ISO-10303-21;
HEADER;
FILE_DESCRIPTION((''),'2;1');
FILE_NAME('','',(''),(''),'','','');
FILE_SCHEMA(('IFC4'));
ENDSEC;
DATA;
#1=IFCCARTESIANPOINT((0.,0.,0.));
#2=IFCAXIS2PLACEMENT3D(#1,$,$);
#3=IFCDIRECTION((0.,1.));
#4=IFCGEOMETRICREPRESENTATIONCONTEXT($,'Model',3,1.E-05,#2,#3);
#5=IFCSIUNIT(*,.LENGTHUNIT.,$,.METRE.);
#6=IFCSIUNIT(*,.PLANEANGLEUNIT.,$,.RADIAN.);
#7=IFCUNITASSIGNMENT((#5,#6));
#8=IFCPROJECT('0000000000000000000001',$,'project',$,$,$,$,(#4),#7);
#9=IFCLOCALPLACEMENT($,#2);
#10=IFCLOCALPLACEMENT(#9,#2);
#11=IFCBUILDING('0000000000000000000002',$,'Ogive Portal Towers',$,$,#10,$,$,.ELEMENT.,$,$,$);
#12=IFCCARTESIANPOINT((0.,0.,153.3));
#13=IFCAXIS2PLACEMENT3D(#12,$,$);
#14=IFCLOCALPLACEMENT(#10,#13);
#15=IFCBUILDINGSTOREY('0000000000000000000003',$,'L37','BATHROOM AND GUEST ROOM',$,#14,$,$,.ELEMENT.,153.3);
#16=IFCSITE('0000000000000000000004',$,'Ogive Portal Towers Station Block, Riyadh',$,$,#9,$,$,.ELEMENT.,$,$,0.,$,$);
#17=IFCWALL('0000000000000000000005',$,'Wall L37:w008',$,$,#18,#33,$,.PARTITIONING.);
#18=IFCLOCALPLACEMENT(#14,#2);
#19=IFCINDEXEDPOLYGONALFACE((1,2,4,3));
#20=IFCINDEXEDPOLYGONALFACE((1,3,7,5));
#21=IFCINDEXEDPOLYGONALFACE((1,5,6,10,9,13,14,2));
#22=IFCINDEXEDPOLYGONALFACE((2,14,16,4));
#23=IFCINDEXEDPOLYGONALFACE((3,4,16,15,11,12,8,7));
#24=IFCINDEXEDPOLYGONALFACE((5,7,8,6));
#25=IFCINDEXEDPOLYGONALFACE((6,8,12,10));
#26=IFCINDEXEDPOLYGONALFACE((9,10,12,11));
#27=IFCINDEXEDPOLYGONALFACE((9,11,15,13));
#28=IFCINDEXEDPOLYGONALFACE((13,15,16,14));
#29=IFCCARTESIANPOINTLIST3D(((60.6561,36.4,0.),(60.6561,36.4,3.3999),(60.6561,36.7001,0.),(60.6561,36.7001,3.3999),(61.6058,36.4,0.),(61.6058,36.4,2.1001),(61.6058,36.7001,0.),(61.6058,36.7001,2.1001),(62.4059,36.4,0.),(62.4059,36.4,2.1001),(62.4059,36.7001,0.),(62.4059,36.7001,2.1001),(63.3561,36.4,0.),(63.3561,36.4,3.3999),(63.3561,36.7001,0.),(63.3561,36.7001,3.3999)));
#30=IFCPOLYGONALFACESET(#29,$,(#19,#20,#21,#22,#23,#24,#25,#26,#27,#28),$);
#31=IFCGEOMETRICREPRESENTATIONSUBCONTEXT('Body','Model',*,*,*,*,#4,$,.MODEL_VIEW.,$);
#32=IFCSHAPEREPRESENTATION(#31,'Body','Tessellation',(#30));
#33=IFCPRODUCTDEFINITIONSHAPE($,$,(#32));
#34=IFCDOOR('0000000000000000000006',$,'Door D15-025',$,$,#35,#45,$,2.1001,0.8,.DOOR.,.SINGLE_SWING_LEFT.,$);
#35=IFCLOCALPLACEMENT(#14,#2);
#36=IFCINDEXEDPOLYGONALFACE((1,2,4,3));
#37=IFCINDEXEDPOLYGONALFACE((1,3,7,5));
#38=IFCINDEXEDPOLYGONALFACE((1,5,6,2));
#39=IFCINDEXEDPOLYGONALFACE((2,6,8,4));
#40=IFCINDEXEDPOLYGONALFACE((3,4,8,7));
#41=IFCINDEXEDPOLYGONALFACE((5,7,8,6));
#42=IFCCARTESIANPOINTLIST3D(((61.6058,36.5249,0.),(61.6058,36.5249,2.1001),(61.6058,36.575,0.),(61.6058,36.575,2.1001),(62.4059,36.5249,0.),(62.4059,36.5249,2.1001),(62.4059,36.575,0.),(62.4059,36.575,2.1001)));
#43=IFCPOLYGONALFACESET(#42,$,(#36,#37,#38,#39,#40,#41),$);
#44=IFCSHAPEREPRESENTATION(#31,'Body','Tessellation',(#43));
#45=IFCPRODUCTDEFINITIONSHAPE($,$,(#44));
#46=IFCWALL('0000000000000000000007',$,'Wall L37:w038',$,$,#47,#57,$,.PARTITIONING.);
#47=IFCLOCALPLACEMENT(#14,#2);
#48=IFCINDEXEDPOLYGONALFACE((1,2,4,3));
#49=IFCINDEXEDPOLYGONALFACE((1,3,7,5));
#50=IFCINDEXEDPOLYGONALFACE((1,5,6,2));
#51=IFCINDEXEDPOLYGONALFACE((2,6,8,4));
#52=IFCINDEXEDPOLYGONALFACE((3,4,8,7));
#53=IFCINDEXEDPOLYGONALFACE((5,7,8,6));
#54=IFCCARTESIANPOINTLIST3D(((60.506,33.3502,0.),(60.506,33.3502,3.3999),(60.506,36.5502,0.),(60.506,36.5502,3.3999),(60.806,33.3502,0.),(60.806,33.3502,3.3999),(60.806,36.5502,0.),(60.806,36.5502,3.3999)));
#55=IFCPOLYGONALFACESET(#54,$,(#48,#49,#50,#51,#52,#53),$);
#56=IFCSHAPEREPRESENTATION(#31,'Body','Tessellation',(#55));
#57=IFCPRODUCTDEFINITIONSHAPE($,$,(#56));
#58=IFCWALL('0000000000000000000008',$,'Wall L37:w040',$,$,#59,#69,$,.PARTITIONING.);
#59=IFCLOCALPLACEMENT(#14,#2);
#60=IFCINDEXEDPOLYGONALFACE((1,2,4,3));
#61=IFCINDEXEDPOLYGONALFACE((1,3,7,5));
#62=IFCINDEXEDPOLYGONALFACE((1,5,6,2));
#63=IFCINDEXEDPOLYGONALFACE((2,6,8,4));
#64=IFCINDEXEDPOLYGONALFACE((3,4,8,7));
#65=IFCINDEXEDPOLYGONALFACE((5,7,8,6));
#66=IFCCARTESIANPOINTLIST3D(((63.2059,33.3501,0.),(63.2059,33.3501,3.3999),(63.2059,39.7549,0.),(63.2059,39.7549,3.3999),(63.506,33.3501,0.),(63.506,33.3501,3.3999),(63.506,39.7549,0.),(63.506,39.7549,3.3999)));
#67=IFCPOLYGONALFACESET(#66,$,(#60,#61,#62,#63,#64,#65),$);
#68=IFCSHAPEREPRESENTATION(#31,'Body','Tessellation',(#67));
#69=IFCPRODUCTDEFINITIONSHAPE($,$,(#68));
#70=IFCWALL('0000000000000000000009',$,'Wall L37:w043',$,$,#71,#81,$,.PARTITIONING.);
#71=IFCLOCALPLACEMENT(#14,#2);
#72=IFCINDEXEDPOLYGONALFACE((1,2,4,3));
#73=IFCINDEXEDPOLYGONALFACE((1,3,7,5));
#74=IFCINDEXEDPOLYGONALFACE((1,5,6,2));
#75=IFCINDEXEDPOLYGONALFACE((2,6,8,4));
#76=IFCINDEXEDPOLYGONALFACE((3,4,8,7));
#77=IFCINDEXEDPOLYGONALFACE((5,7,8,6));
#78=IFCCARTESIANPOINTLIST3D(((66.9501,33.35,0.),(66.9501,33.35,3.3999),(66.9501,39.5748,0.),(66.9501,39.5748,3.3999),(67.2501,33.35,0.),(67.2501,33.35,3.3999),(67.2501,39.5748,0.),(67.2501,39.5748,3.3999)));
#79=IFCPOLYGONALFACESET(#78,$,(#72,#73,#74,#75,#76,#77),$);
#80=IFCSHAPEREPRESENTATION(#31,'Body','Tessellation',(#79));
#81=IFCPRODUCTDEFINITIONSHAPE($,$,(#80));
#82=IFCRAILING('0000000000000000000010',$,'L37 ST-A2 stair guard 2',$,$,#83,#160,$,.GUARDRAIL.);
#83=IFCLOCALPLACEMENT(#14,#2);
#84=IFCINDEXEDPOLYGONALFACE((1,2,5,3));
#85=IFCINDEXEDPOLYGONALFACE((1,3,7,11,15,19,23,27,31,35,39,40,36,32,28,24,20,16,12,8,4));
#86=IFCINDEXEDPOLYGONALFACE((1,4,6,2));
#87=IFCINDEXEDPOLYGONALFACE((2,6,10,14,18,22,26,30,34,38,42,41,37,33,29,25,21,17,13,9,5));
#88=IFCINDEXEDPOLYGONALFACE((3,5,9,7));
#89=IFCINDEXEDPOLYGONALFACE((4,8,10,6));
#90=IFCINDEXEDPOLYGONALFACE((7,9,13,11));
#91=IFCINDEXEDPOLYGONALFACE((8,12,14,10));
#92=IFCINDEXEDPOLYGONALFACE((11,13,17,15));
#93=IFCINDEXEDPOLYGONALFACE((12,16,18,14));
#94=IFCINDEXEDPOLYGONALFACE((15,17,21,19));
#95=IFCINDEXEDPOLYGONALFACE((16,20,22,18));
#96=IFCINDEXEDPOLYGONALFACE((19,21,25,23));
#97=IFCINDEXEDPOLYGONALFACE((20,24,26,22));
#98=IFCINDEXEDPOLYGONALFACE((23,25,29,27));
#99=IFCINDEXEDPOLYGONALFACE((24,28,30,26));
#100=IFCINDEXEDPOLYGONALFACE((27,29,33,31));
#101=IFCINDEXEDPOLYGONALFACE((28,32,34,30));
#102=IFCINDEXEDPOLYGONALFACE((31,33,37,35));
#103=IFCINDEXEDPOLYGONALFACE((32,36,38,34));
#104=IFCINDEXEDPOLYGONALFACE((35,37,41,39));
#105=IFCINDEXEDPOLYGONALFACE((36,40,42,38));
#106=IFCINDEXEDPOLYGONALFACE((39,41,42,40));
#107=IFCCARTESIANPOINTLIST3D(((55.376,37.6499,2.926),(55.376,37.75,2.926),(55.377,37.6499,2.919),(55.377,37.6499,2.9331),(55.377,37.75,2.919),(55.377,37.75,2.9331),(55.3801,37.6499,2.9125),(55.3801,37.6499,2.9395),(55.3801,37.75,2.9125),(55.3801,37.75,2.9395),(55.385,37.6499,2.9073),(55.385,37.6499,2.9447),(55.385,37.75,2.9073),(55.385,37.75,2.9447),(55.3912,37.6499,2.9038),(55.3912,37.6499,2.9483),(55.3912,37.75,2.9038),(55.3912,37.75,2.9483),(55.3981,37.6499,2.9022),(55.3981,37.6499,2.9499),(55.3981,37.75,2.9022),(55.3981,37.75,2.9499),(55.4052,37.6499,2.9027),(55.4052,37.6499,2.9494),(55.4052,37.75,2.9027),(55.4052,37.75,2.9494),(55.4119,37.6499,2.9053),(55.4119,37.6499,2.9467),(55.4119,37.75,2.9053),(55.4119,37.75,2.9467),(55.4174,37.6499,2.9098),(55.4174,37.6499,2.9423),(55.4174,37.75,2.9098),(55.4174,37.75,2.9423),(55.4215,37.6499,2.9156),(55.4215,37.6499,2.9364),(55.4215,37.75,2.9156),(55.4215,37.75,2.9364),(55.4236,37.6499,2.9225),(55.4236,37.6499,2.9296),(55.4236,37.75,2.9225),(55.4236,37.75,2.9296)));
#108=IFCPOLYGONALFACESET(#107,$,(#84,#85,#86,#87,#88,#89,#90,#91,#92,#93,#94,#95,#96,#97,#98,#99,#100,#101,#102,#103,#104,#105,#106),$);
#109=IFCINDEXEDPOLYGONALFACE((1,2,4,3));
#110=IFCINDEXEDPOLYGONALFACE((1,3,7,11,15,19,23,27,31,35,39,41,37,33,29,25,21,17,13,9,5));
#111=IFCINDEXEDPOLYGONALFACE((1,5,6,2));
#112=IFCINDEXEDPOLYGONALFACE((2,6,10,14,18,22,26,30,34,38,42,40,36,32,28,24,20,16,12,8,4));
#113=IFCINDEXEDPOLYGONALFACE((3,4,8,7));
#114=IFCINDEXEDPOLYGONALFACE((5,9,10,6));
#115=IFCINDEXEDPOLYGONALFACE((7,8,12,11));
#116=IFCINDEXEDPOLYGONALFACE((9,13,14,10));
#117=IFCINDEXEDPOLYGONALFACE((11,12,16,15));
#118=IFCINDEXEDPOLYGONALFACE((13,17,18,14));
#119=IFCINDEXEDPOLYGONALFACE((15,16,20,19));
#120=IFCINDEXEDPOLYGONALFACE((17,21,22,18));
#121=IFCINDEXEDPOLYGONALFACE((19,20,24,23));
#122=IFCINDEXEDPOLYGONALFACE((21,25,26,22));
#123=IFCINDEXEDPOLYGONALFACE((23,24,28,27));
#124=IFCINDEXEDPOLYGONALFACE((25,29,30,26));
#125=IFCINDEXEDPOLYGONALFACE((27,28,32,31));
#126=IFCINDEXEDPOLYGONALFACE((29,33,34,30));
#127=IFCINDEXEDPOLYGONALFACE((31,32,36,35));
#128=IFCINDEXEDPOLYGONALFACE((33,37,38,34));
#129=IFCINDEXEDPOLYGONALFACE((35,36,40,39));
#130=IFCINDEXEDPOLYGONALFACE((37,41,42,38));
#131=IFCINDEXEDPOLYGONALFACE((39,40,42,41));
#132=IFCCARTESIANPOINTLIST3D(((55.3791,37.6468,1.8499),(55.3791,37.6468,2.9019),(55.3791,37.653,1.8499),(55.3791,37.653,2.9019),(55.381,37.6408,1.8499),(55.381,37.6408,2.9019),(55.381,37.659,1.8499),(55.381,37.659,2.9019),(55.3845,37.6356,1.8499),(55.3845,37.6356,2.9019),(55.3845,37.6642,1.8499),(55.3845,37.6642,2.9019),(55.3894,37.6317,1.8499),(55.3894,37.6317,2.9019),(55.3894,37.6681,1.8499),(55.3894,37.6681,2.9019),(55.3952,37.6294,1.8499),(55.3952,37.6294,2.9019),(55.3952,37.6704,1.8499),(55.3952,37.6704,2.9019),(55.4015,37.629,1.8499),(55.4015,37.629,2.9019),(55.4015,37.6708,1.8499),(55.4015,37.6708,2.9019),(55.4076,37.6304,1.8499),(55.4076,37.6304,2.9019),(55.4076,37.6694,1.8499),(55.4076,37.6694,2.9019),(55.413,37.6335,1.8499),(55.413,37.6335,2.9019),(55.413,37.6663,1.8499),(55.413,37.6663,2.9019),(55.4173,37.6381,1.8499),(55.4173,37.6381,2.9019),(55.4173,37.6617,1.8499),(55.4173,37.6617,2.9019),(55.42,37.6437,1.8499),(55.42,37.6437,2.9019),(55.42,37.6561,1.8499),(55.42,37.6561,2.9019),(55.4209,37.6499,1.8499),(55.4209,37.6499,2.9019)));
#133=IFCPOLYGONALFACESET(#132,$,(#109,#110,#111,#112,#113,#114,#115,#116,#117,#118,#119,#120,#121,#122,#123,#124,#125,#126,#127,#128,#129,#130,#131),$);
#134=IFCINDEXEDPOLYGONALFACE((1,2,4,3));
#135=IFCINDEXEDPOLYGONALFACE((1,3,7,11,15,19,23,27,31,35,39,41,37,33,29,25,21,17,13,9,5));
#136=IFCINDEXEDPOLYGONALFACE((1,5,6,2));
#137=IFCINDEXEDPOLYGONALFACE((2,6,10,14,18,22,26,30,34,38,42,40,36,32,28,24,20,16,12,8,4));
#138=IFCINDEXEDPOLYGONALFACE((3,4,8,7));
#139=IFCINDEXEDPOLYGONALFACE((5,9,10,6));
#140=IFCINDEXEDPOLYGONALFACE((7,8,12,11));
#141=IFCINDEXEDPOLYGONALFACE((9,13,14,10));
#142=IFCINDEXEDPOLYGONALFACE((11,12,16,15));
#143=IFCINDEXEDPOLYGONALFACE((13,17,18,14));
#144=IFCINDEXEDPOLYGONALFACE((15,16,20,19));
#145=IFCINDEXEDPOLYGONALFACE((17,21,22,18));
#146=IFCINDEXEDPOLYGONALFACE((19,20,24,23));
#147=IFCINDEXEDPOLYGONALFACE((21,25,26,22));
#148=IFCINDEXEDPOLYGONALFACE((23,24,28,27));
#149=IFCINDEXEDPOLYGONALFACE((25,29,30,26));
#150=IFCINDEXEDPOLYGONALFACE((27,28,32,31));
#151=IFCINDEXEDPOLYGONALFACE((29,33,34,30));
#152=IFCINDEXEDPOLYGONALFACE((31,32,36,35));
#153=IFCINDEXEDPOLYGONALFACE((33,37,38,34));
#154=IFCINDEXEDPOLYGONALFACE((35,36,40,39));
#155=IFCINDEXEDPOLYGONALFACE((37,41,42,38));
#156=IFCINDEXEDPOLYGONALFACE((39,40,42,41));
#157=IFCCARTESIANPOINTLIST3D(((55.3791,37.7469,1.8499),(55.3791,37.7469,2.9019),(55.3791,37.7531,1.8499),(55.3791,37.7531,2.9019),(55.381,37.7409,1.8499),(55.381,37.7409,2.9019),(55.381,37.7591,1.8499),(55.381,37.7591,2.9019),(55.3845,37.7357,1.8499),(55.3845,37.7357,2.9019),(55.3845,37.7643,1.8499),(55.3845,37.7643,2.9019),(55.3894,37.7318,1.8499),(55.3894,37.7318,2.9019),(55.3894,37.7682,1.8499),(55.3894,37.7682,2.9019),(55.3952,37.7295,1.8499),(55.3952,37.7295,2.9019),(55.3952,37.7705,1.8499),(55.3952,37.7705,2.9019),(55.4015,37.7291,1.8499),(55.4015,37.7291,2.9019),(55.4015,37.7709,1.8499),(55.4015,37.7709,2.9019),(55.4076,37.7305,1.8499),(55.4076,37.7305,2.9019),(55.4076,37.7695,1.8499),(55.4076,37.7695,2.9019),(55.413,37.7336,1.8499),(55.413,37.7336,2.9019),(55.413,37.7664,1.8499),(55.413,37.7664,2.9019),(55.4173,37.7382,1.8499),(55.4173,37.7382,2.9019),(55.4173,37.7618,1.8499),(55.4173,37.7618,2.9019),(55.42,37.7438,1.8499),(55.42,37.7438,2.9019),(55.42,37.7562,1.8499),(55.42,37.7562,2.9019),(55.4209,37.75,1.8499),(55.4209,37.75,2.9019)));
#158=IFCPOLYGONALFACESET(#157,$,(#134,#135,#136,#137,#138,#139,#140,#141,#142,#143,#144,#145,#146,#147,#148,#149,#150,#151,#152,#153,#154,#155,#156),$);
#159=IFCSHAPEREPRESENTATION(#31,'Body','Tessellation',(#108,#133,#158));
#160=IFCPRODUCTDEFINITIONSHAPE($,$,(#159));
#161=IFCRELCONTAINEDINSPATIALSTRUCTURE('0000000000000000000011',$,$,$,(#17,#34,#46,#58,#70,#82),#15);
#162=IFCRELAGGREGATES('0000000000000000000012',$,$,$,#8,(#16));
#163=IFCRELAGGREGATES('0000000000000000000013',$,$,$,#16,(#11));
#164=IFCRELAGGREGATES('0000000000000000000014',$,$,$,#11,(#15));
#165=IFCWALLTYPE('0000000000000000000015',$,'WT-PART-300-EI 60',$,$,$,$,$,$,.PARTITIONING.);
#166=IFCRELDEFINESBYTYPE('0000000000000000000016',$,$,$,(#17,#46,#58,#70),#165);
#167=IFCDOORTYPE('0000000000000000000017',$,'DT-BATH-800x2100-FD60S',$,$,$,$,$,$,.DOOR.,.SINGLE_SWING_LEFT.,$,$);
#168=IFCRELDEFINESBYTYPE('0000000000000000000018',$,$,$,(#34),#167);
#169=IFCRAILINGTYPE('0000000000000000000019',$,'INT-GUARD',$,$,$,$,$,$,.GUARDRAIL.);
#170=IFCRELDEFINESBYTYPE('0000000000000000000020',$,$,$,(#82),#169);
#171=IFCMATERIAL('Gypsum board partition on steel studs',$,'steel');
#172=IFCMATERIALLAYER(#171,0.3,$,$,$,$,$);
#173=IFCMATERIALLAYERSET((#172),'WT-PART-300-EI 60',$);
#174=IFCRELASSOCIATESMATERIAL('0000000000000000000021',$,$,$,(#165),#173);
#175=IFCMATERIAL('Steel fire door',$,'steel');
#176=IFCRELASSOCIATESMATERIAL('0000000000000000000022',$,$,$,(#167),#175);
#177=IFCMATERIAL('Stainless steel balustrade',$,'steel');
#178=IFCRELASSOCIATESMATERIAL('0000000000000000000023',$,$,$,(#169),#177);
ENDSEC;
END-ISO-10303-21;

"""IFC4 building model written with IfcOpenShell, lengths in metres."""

from ifc_helpers import new_model, si_unit, direction, frame, frame_2d, origin, origin_2d, place, context, subcontext, project, spatial, rectangle, circle, extrude, material, layer, layer_set, type_object, element, fill, save


model = new_model("IFC4")

# Units and contexts
model_context = context("Model", 3, precision=1e-05, world=origin(), true_north=direction((0.0, 1.0)))
body_context = subcontext(model_context, "Body", "Model", "MODEL_VIEW")
ifc_project = project(units=[si_unit("LENGTHUNIT", "METRE"), si_unit("PLANEANGLEUNIT", "RADIAN")], contexts=[model_context])

# Site, building, storey
site_placement = place(None, origin())
site = spatial("IfcSite", under=ifc_project, at=site_placement, Name="Ogive Portal Towers Station Block, Riyadh", CompositionType="ELEMENT", RefElevation=0.0)
building_placement = place(site_placement, origin())
building = spatial("IfcBuilding", under=site, at=building_placement, Name="Ogive Portal Towers", CompositionType="ELEMENT")
storey_placement = place(building_placement, frame((0.0, 0.0, 153.3)))
storey = spatial("IfcBuildingStorey", under=building, at=storey_placement, Name="L37", Description="BATHROOM AND GUEST ROOM", CompositionType="ELEMENT", Elevation=153.3)

# Shared definitions
ifc_material_1 = material(Name="Gypsum board partition on steel studs", Category="steel")

# Wall, opening, door
ifc_layer_1 = layer(ifc_material_1, 0.3)
ifc_layer_set_1 = layer_set([ifc_layer_1], Name="WT-PART-300-EI 60")
wall_type_1 = type_object("IfcWallType", Name="WT-PART-300-EI 60", PredefinedType="PARTITIONING", material=ifc_layer_set_1)
wall_1_placement = place(storey_placement, frame((60.656, 36.55, 0.0), z_axis=(0.0, 0.0, 1.0), x_axis=(1.0, 0.0, 0.0)))
wall_1 = element("IfcWall", 1, at=wall_1_placement, inside=storey, type_object=wall_type_1, Name="Wall L37:w008", PredefinedType="PARTITIONING", context=body_context, shape_type="SweptSolid", body=[
    extrude(rectangle(XDim=2.7, YDim=0.3, at=frame_2d((1.3501, 0.0))), origin(), (0.0, 0.0, 1.0), 3.3999),
])
opening_1_placement = place(wall_1_placement, frame((0.95, 0.0, 0.0)))
opening_1 = element("IfcOpeningElement", 2, at=opening_1_placement, cuts=wall_1, PredefinedType="OPENING", context=body_context, shape_type="SweptSolid", body=[
    extrude(rectangle(XDim=0.8, YDim=2.1001, at=frame_2d((0.3999, 1.05))), frame((0.0, 0.1602, 0.0), z_axis=(0.0, -1.0, 0.0), x_axis=(1.0, 0.0, 0.0)), (0.0, 0.0, 1.0), 0.3201),
])
ifc_material_2 = material(Name="Steel fire door", Category="steel")
door_type_1 = type_object("IfcDoorType", Name="DT-BATH-800x2100-FD60S", OperationType="SINGLE_SWING_LEFT", PredefinedType="DOOR", material=ifc_material_2)
door_1_placement = place(opening_1_placement, origin())
door_1 = element("IfcDoor", 3, at=door_1_placement, inside=storey, type_object=door_type_1, Name="Door D15-025", OperationType="SINGLE_SWING_LEFT", OverallHeight=2.1001, OverallWidth=0.8, PredefinedType="DOOR", context=body_context, shape_type="SweptSolid", body=[
    extrude(rectangle(XDim=0.8, YDim=2.1001, at=frame_2d((0.3999, 1.05))), frame((0.0, 0.0249, 0.0), z_axis=(0.0, -1.0, 0.0), x_axis=(1.0, 0.0, 0.0)), (0.0, 0.0, 1.0), 0.05),
])
fill(opening_1, door_1)

# Walls
wall_2_placement = place(storey_placement, frame((60.656, 33.3501, 0.0), z_axis=(0.0, 0.0, 1.0), x_axis=(0.0, 1.0, 0.0)))
element("IfcWall", 4, at=wall_2_placement, inside=storey, type_object=wall_type_1, Name="Wall L37:w038", PredefinedType="PARTITIONING", context=body_context, shape_type="SweptSolid", body=[
    extrude(rectangle(XDim=3.2, YDim=0.3, at=frame_2d((1.6001, 0.0))), origin(), (0.0, 0.0, 1.0), 3.3999),
])
wall_3_placement = place(storey_placement, frame((63.356, 33.3501, 0.0), z_axis=(0.0, 0.0, 1.0), x_axis=(0.0, 1.0, 0.0)))
element("IfcWall", 5, at=wall_3_placement, inside=storey, type_object=wall_type_1, Name="Wall L37:w040", PredefinedType="PARTITIONING", context=body_context, shape_type="SweptSolid", body=[
    extrude(rectangle(XDim=6.4048, YDim=0.3, at=frame_2d((3.2024, 0.0))), origin(), (0.0, 0.0, 1.0), 3.3999),
])
wall_4_placement = place(storey_placement, frame((67.1001, 33.3501, 0.0), z_axis=(0.0, 0.0, 1.0), x_axis=(0.0, 1.0, 0.0)))
element("IfcWall", 6, at=wall_4_placement, inside=storey, type_object=wall_type_1, Name="Wall L37:w043", PredefinedType="PARTITIONING", context=body_context, shape_type="SweptSolid", body=[
    extrude(rectangle(XDim=6.2249, YDim=0.3, at=frame_2d((3.1123, 0.0))), origin(), (0.0, 0.0, 1.0), 3.3999),
])

# Railing
ifc_material_3 = material(Name="Stainless steel balustrade", Category="steel")
railing_type_1 = type_object("IfcRailingType", Name="INT-GUARD", PredefinedType="GUARDRAIL", material=ifc_material_3)
railing_1_placement = place(storey_placement, frame((55.3999, 37.6499, 1.8499)))
element("IfcRailing", 7, at=railing_1_placement, inside=storey, type_object=railing_type_1, Name="L37 ST-A2 stair guard 2", PredefinedType="GUARDRAIL", context=body_context, shape_type="SweptSolid", body=[
    extrude(circle(Radius=0.0239, at=origin_2d()), frame((0.0, 0.0, 1.0762), z_axis=(0.0, 1.0, 0.0), x_axis=(-1.0, 0.0, 0.0)), (0.0, 0.0, 1.0), 0.1001),
    extrude(circle(Radius=0.021, at=origin_2d()), origin(), (0.0, 0.0, 1.0), 1.052),
    extrude(circle(Radius=0.021, at=origin_2d()), frame((0.0, 0.1001, 0.0)), (0.0, 0.0, 1.0), 1.052),
])

save(model, "model.ifc")
